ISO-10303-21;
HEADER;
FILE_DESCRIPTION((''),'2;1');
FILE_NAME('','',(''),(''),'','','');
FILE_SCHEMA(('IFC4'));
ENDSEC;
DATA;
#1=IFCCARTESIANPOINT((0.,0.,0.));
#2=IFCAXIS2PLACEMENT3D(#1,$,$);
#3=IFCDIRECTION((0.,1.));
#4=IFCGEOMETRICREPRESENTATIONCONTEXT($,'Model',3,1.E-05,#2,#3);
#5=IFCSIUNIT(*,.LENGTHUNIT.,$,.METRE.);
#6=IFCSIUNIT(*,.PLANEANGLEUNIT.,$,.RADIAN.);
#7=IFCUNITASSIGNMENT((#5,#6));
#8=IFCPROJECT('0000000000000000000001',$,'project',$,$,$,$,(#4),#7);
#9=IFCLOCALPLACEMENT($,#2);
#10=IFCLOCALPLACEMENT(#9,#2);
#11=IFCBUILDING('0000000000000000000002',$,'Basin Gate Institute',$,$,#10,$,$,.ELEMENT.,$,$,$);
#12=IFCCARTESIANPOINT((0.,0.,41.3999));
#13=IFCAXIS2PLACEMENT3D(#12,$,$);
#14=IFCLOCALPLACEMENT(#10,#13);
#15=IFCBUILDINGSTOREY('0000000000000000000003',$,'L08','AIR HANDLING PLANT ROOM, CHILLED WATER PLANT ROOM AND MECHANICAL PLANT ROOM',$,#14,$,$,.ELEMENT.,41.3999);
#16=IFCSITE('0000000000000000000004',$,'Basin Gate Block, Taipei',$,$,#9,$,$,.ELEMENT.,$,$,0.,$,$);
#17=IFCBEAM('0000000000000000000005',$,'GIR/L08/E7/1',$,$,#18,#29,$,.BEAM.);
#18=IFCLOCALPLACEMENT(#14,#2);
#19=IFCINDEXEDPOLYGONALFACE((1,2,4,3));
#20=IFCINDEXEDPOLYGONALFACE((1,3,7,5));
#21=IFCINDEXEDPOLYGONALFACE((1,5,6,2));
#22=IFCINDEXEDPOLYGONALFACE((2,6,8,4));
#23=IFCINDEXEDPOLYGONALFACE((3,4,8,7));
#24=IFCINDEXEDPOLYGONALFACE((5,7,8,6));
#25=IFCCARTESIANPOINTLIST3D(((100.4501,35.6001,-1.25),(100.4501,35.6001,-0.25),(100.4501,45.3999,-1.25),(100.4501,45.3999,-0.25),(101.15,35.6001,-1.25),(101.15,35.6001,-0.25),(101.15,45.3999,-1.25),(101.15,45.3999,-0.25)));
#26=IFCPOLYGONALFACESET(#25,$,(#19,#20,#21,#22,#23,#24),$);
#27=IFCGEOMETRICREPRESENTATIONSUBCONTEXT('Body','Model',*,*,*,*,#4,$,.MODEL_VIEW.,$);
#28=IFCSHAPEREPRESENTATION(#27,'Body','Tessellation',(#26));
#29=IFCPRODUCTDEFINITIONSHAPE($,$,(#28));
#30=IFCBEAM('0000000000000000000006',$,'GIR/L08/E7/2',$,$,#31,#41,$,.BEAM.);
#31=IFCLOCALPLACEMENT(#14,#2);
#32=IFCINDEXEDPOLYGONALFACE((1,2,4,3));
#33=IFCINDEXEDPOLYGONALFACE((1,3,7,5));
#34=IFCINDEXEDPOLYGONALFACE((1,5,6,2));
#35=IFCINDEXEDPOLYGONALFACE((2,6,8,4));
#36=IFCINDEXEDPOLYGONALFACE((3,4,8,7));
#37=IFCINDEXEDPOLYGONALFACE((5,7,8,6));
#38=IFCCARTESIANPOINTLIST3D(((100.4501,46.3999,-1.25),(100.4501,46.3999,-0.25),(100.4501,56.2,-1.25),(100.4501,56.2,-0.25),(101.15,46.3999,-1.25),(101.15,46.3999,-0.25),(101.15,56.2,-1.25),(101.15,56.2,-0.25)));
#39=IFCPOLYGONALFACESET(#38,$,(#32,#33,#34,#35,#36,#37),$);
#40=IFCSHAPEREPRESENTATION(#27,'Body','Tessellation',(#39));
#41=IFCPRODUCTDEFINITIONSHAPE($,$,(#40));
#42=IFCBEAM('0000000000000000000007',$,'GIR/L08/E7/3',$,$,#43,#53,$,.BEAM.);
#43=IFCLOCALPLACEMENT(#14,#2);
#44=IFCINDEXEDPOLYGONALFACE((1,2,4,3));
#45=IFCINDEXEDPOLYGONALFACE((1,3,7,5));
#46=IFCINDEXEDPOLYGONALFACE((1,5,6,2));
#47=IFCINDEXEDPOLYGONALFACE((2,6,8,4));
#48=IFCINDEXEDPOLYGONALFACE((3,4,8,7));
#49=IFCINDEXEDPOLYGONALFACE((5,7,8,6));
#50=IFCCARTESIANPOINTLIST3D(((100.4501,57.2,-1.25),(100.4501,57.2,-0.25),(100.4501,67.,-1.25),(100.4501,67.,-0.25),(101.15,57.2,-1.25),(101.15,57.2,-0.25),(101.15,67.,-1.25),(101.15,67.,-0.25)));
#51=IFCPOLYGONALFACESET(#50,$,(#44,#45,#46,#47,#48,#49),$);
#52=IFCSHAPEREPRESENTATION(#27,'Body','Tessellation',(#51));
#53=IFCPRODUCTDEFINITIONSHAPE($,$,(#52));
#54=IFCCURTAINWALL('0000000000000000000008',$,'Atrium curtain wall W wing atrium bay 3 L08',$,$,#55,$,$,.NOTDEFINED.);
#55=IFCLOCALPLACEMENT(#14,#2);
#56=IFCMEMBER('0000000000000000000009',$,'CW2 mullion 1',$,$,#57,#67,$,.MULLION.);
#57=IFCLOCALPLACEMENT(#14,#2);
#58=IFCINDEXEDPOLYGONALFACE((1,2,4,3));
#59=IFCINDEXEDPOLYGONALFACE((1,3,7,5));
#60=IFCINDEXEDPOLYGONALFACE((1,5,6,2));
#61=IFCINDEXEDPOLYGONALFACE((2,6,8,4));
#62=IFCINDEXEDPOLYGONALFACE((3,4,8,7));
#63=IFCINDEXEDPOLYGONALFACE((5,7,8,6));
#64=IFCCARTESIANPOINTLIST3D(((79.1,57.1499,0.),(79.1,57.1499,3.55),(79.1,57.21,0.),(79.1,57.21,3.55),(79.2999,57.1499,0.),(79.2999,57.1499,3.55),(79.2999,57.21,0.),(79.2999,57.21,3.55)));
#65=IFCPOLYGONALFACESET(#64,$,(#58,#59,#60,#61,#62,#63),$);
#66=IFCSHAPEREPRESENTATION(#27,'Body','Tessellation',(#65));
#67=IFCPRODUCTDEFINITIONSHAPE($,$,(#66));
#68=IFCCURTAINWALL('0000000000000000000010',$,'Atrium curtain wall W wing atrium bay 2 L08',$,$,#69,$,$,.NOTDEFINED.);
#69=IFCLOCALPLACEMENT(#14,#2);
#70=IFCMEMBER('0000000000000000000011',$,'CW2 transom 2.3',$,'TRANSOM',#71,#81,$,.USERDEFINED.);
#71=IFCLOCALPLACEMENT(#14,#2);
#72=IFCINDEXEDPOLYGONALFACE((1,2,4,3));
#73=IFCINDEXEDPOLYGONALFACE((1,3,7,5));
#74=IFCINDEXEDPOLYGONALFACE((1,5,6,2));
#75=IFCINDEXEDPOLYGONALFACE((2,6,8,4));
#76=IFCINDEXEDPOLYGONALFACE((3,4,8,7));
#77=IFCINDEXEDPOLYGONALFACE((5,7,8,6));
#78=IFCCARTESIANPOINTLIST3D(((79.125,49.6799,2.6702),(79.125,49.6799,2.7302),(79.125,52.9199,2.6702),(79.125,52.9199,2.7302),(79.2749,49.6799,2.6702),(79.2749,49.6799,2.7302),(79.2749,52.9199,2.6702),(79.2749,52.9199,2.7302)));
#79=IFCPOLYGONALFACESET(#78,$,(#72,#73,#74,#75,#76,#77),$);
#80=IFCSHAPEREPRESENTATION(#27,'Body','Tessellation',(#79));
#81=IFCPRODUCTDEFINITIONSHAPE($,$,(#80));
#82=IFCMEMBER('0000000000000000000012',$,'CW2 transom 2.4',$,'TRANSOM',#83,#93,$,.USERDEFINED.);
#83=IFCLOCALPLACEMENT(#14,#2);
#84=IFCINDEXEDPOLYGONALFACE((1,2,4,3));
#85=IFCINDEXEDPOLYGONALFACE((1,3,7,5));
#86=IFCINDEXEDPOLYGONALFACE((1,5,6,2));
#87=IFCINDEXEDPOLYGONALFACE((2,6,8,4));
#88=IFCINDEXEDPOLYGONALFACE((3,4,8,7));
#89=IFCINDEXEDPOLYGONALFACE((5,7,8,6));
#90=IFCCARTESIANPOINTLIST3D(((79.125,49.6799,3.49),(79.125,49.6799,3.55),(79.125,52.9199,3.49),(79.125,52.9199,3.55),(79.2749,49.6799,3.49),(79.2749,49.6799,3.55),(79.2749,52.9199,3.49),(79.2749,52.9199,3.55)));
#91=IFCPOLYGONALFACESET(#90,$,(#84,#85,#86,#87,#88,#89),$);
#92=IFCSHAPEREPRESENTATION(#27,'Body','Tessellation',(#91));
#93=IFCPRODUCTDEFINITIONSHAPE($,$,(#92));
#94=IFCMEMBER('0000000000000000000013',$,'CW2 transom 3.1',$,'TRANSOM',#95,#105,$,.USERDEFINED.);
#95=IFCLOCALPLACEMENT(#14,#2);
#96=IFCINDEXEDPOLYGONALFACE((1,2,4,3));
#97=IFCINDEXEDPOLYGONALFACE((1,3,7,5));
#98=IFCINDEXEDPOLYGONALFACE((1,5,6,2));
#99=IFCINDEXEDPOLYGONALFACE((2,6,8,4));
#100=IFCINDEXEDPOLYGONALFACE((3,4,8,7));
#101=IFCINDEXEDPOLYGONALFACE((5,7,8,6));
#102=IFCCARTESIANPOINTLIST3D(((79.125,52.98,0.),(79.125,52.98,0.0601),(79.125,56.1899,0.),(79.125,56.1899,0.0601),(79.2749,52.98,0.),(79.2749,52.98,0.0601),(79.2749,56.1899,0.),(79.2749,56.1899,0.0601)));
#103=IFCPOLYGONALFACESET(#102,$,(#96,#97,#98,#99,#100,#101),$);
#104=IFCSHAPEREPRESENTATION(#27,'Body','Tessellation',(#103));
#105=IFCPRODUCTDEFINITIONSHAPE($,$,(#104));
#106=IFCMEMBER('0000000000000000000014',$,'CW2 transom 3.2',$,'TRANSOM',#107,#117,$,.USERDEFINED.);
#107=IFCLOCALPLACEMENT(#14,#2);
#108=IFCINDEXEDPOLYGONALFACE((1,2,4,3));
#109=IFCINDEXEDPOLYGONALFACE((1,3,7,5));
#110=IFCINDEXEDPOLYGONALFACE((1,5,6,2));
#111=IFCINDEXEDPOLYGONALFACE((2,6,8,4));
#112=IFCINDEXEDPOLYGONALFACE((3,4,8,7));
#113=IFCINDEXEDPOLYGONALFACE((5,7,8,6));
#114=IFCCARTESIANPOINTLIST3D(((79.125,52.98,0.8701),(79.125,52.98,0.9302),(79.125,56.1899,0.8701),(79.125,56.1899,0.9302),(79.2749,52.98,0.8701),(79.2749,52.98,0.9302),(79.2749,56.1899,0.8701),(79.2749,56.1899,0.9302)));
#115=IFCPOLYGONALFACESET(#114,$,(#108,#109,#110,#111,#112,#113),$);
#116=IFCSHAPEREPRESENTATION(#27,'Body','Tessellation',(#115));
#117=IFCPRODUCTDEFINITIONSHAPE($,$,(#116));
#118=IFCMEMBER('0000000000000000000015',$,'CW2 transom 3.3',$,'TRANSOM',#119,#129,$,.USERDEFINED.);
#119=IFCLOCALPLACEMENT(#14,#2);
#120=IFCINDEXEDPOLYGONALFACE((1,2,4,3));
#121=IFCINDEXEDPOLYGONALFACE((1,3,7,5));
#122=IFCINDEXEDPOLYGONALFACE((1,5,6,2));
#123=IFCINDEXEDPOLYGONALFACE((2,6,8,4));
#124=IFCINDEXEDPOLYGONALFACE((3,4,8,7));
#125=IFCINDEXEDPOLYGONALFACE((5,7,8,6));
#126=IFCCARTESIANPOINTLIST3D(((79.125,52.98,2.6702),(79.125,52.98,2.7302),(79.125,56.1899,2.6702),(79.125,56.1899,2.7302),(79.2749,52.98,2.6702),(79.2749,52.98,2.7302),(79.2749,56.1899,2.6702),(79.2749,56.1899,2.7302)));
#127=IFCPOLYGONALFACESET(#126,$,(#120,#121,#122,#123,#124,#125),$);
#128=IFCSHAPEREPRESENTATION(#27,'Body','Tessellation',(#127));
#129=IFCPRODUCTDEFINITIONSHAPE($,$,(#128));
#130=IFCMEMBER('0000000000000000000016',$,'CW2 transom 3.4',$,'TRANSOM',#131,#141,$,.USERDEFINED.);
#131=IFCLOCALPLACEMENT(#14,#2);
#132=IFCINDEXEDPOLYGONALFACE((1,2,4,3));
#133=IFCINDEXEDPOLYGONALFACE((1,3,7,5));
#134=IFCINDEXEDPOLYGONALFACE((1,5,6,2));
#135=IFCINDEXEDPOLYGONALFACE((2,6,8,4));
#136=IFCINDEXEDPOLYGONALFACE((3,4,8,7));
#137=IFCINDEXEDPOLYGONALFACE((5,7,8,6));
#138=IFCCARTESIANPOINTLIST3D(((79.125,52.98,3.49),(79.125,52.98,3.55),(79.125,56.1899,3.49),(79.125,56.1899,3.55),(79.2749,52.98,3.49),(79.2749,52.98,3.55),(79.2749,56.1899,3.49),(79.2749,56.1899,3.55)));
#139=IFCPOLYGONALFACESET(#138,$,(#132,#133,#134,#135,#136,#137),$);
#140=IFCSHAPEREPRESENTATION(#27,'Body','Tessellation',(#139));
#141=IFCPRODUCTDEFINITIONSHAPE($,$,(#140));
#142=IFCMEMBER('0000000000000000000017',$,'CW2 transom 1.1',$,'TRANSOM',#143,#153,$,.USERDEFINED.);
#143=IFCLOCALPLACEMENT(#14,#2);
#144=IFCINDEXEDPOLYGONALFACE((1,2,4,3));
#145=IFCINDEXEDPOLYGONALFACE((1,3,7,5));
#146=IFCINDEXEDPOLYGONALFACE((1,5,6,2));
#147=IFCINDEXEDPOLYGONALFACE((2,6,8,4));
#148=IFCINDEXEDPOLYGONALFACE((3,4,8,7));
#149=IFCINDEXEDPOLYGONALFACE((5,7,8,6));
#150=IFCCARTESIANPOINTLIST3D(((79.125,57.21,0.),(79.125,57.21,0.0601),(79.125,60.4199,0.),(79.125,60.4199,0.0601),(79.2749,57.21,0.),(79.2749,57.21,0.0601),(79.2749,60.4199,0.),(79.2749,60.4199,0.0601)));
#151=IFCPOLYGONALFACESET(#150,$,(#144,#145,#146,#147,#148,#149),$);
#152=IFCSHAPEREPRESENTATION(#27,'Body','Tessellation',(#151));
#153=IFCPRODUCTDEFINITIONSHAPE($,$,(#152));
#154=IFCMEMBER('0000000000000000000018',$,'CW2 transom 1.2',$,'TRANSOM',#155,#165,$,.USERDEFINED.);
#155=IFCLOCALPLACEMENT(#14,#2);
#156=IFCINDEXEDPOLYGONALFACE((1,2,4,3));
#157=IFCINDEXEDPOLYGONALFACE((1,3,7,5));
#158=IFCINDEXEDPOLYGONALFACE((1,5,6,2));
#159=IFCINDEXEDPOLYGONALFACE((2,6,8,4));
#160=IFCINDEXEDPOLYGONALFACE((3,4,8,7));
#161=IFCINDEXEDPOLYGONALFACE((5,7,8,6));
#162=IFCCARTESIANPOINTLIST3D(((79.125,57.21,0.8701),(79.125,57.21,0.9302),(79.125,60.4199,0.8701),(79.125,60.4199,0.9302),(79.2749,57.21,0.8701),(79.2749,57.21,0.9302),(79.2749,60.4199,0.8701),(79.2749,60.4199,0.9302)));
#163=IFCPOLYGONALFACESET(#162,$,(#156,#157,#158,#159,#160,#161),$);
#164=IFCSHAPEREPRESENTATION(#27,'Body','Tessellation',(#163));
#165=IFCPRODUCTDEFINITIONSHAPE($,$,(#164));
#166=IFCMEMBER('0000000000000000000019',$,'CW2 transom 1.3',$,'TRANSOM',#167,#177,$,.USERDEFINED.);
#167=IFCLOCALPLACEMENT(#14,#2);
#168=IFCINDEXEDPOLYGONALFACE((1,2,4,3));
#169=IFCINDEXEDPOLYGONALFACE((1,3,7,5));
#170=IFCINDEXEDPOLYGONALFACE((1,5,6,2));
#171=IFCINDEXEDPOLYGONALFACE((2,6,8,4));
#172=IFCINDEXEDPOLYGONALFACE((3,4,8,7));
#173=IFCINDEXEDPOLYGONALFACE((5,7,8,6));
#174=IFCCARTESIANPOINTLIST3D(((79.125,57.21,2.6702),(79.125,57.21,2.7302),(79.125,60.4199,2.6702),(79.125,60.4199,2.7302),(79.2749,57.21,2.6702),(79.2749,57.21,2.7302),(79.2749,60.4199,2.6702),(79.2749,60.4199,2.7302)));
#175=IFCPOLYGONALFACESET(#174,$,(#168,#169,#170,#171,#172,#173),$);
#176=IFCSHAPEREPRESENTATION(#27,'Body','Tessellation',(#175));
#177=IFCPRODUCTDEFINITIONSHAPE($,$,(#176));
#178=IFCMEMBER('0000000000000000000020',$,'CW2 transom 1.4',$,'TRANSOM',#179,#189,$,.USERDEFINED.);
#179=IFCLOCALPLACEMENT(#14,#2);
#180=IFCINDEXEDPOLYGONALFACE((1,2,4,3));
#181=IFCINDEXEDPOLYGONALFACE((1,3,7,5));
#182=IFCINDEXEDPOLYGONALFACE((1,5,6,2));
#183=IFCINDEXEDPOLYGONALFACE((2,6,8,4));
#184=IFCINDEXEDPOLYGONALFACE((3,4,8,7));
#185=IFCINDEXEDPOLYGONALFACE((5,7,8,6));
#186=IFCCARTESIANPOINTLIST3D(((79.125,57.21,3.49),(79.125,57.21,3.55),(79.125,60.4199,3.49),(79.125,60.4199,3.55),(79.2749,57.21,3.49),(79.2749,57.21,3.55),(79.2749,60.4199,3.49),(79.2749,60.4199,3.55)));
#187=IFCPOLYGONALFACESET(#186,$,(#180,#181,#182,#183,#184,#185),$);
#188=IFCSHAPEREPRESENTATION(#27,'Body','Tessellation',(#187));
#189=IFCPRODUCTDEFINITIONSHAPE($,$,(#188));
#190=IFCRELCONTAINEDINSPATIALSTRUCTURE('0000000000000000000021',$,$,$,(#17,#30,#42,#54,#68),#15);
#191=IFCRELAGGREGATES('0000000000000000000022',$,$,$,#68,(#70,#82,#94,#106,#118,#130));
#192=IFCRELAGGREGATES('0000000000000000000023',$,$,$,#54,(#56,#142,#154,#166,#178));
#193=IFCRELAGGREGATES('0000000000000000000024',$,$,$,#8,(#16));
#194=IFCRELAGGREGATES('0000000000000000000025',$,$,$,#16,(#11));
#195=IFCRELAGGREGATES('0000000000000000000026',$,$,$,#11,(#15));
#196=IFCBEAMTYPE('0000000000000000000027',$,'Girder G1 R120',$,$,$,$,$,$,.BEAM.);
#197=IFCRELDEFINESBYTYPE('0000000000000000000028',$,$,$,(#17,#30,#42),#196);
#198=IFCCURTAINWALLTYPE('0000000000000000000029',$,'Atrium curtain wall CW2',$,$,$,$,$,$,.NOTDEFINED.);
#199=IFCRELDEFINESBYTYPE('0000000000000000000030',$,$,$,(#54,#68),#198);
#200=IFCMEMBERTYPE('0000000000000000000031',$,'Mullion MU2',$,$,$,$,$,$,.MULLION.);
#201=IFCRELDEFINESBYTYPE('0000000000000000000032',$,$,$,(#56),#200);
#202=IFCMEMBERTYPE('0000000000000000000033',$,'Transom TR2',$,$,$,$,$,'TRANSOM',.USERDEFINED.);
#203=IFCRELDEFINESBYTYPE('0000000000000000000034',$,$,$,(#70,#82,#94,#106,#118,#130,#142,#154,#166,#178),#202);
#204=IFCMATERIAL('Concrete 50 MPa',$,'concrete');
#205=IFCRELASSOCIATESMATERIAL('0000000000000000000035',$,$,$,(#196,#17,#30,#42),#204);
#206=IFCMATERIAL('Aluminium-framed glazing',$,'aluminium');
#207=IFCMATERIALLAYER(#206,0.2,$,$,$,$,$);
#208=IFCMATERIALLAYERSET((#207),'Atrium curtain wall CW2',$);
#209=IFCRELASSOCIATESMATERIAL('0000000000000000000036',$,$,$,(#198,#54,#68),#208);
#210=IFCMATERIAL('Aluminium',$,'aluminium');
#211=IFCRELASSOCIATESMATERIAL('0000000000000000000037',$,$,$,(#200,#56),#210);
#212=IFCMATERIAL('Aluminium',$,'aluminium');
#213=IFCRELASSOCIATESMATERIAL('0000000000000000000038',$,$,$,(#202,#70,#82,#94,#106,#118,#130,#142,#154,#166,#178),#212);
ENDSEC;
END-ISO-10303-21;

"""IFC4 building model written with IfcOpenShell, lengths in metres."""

from ifc_helpers import new_model, si_unit, direction, frame, origin, origin_2d, place, context, subcontext, project, spatial, rectangle, extrude, material, layer, layer_set, material_profile, profile_set, type_object, element, aggregate, save


model = new_model("IFC4")

# Units and contexts
model_context = context("Model", 3, precision=1e-05, world=origin(), true_north=direction((0.0, 1.0)))
body_context = subcontext(model_context, "Body", "Model", "MODEL_VIEW")
ifc_project = project(units=[si_unit("LENGTHUNIT", "METRE"), si_unit("PLANEANGLEUNIT", "RADIAN")], contexts=[model_context])

# Site, building, storey
site_placement = place(None, origin())
site = spatial("IfcSite", under=ifc_project, at=site_placement, Name="Basin Gate Block, Taipei", CompositionType="ELEMENT", RefElevation=0.0)
building_placement = place(site_placement, origin())
building = spatial("IfcBuilding", under=site, at=building_placement, Name="Basin Gate Institute", CompositionType="ELEMENT")
storey_placement = place(building_placement, frame((0.0, 0.0, 41.3999)))
storey = spatial("IfcBuildingStorey", under=building, at=storey_placement, Name="L08", Description="AIR HANDLING PLANT ROOM, CHILLED WATER PLANT ROOM AND MECHANICAL PLANT ROOM", CompositionType="ELEMENT", Elevation=41.3999)

# Beams
ifc_material_1 = material(Name="Concrete 50 MPa", Category="concrete")
ifc_material_profile_1 = material_profile(ifc_material_1, rectangle(XDim=0.7, YDim=1.0, at=origin_2d()), Name="Girder G1 700 x 1000")
ifc_profile_set_1 = profile_set([ifc_material_profile_1], Name="Concrete 50 MPa")
beam_type = type_object("IfcBeamType", Name="Girder G1 R120", PredefinedType="BEAM", material=ifc_profile_set_1)
beam_placement = place(storey_placement, frame((100.8, 35.6001, -0.75), z_axis=(0.0, 1.0, 0.0), x_axis=(-1.0, 0.0, 0.0)))
element("IfcBeam", 1, at=beam_placement, inside=storey, type_object=beam_type, material=ifc_profile_set_1, Name="GIR/L08/E7/1", PredefinedType="BEAM", context=body_context, shape_type="SweptSolid", body=[
    extrude(rectangle(XDim=0.7, YDim=1.0, at=origin_2d()), origin(), (0.0, 0.0, 1.0), 9.7998),
])
for number, where, z_axis, x_axis, name in (
    (2, (100.8, 46.3999, -0.75), (0.0, 1.0, 0.0), (-1.0, 0.0, 0.0), "GIR/L08/E7/2"),
    (3, (100.8, 57.2, -0.75), (0.0, 1.0, 0.0), (-1.0, 0.0, 0.0), "GIR/L08/E7/3"),
):
    element("IfcBeam", number, at=place(storey_placement, frame(where, z_axis=z_axis, x_axis=x_axis)), inside=storey, type_object=beam_type, material=ifc_profile_set_1, Name=name, PredefinedType="BEAM", context=body_context, shape_type="SweptSolid", body=[
        extrude(rectangle(XDim=0.7, YDim=1.0, at=origin_2d()), origin(), (0.0, 0.0, 1.0), 9.8),
    ])

# Curtain wall, member
ifc_material_2 = material(Name="Aluminium-framed glazing", Category="aluminium")
ifc_layer_1 = layer(ifc_material_2, 0.2)
ifc_layer_set_1 = layer_set([ifc_layer_1], Name="Atrium curtain wall CW2")
curtain_wall_type = type_object("IfcCurtainWallType", Name="Atrium curtain wall CW2", PredefinedType="NOTDEFINED", material=ifc_layer_set_1)
curtain_wall_1_placement = place(storey_placement, origin())
curtain_wall_1 = element("IfcCurtainWall", 4, at=curtain_wall_1_placement, inside=storey, type_object=curtain_wall_type, material=ifc_layer_set_1, Name="Atrium curtain wall W wing atrium bay 3 L08", PredefinedType="NOTDEFINED")
ifc_material_3 = material(Name="Aluminium", Category="aluminium")
ifc_material_profile_2 = material_profile(ifc_material_3, rectangle(XDim=0.2, YDim=0.0601, at=origin_2d()), Name="Mullion MU2 200 x 60")
ifc_profile_set_2 = profile_set([ifc_material_profile_2], Name="Aluminium")
member_type_1 = type_object("IfcMemberType", Name="Mullion MU2", PredefinedType="MULLION", material=ifc_profile_set_2)
member_1_placement = place(storey_placement, frame((79.2, 57.1799, 0.0), z_axis=(0.0, 0.0, 1.0), x_axis=(-1.0, 0.0, 0.0)))
member_1 = element("IfcMember", 5, at=member_1_placement, type_object=member_type_1, material=ifc_profile_set_2, Name="CW2 mullion 1", PredefinedType="MULLION", context=body_context, shape_type="SweptSolid", body=[
    extrude(rectangle(XDim=0.2, YDim=0.0601, at=origin_2d()), origin(), (0.0, 0.0, 1.0), 3.55),
])

# Curtain wall, members
curtain_wall_2_placement = place(storey_placement, origin())
curtain_wall_2 = element("IfcCurtainWall", 6, at=curtain_wall_2_placement, inside=storey, type_object=curtain_wall_type, material=ifc_layer_set_1, Name="Atrium curtain wall W wing atrium bay 2 L08", PredefinedType="NOTDEFINED")
ifc_material_4 = material(Name="Aluminium", Category="aluminium")
ifc_material_profile_3 = material_profile(ifc_material_4, rectangle(XDim=0.1499, YDim=0.0601, at=origin_2d()), Name="Transom TR2 150 x 60")
ifc_profile_set_3 = profile_set([ifc_material_profile_3], Name="Aluminium")
member_type_2 = type_object("IfcMemberType", Name="Transom TR2", ElementType="TRANSOM", PredefinedType="USERDEFINED", material=ifc_profile_set_3)
member_2_placement = place(storey_placement, frame((79.2, 49.6799, 2.7002), z_axis=(0.0, 1.0, 0.0), x_axis=(-1.0, 0.0, 0.0)))
member_2 = element("IfcMember", 7, at=member_2_placement, type_object=member_type_2, material=ifc_profile_set_3, Name="CW2 transom 2.3", ObjectType="TRANSOM", PredefinedType="USERDEFINED", context=body_context, shape_type="SweptSolid", body=[
    extrude(rectangle(XDim=0.1499, YDim=0.0601, at=origin_2d()), origin(), (0.0, 0.0, 1.0), 3.24),
])
member_3_placement = place(storey_placement, frame((79.2, 49.6799, 3.52), z_axis=(0.0, 1.0, 0.0), x_axis=(-1.0, 0.0, 0.0)))
member_3 = element("IfcMember", 8, at=member_3_placement, type_object=member_type_2, material=ifc_profile_set_3, Name="CW2 transom 2.4", ObjectType="TRANSOM", PredefinedType="USERDEFINED", context=body_context, shape_type="SweptSolid", body=[
    extrude(rectangle(XDim=0.1499, YDim=0.0601, at=origin_2d()), origin(), (0.0, 0.0, 1.0), 3.24),
])
member_4_placement = place(storey_placement, frame((79.2, 52.98, 0.03), z_axis=(0.0, 1.0, 0.0), x_axis=(-1.0, 0.0, 0.0)))
member_4 = element("IfcMember", 9, at=member_4_placement, type_object=member_type_2, material=ifc_profile_set_3, Name="CW2 transom 3.1", ObjectType="TRANSOM", PredefinedType="USERDEFINED", context=body_context, shape_type="SweptSolid", body=[
    extrude(rectangle(XDim=0.1499, YDim=0.0601, at=origin_2d()), origin(), (0.0, 0.0, 1.0), 3.21),
])
member_5_placement = place(storey_placement, frame((79.2, 52.98, 0.9001), z_axis=(0.0, 1.0, 0.0), x_axis=(-1.0, 0.0, 0.0)))
member_5 = element("IfcMember", 10, at=member_5_placement, type_object=member_type_2, material=ifc_profile_set_3, Name="CW2 transom 3.2", ObjectType="TRANSOM", PredefinedType="USERDEFINED", context=body_context, shape_type="SweptSolid", body=[
    extrude(rectangle(XDim=0.1499, YDim=0.0601, at=origin_2d()), origin(), (0.0, 0.0, 1.0), 3.21),
])
member_6_placement = place(storey_placement, frame((79.2, 52.98, 2.7002), z_axis=(0.0, 1.0, 0.0), x_axis=(-1.0, 0.0, 0.0)))
member_6 = element("IfcMember", 11, at=member_6_placement, type_object=member_type_2, material=ifc_profile_set_3, Name="CW2 transom 3.3", ObjectType="TRANSOM", PredefinedType="USERDEFINED", context=body_context, shape_type="SweptSolid", body=[
    extrude(rectangle(XDim=0.1499, YDim=0.0601, at=origin_2d()), origin(), (0.0, 0.0, 1.0), 3.21),
])
member_7_placement = place(storey_placement, frame((79.2, 52.98, 3.52), z_axis=(0.0, 1.0, 0.0), x_axis=(-1.0, 0.0, 0.0)))
member_7 = element("IfcMember", 12, at=member_7_placement, type_object=member_type_2, material=ifc_profile_set_3, Name="CW2 transom 3.4", ObjectType="TRANSOM", PredefinedType="USERDEFINED", context=body_context, shape_type="SweptSolid", body=[
    extrude(rectangle(XDim=0.1499, YDim=0.0601, at=origin_2d()), origin(), (0.0, 0.0, 1.0), 3.21),
])

# Members
member_8_placement = place(storey_placement, frame((79.2, 57.21, 0.03), z_axis=(0.0, 1.0, 0.0), x_axis=(-1.0, 0.0, 0.0)))
member_8 = element("IfcMember", 13, at=member_8_placement, type_object=member_type_2, material=ifc_profile_set_3, Name="CW2 transom 1.1", ObjectType="TRANSOM", PredefinedType="USERDEFINED", context=body_context, shape_type="SweptSolid", body=[
    extrude(rectangle(XDim=0.1499, YDim=0.0601, at=origin_2d()), origin(), (0.0, 0.0, 1.0), 3.21),
])
member_9_placement = place(storey_placement, frame((79.2, 57.21, 0.9001), z_axis=(0.0, 1.0, 0.0), x_axis=(-1.0, 0.0, 0.0)))
member_9 = element("IfcMember", 14, at=member_9_placement, type_object=member_type_2, material=ifc_profile_set_3, Name="CW2 transom 1.2", ObjectType="TRANSOM", PredefinedType="USERDEFINED", context=body_context, shape_type="SweptSolid", body=[
    extrude(rectangle(XDim=0.1499, YDim=0.0601, at=origin_2d()), origin(), (0.0, 0.0, 1.0), 3.21),
])
member_10_placement = place(storey_placement, frame((79.2, 57.21, 2.7002), z_axis=(0.0, 1.0, 0.0), x_axis=(-1.0, 0.0, 0.0)))
member_10 = element("IfcMember", 15, at=member_10_placement, type_object=member_type_2, material=ifc_profile_set_3, Name="CW2 transom 1.3", ObjectType="TRANSOM", PredefinedType="USERDEFINED", context=body_context, shape_type="SweptSolid", body=[
    extrude(rectangle(XDim=0.1499, YDim=0.0601, at=origin_2d()), origin(), (0.0, 0.0, 1.0), 3.21),
])
member_11_placement = place(storey_placement, frame((79.2, 57.21, 3.52), z_axis=(0.0, 1.0, 0.0), x_axis=(-1.0, 0.0, 0.0)))
member_11 = element("IfcMember", 16, at=member_11_placement, type_object=member_type_2, material=ifc_profile_set_3, Name="CW2 transom 1.4", ObjectType="TRANSOM", PredefinedType="USERDEFINED", context=body_context, shape_type="SweptSolid", body=[
    extrude(rectangle(XDim=0.1499, YDim=0.0601, at=origin_2d()), origin(), (0.0, 0.0, 1.0), 3.21),
])

aggregate(curtain_wall_2, [member_2, member_3, member_4, member_5, member_6, member_7])
aggregate(curtain_wall_1, [member_1, member_8, member_9, member_10, member_11])

save(model, "model.ifc")
